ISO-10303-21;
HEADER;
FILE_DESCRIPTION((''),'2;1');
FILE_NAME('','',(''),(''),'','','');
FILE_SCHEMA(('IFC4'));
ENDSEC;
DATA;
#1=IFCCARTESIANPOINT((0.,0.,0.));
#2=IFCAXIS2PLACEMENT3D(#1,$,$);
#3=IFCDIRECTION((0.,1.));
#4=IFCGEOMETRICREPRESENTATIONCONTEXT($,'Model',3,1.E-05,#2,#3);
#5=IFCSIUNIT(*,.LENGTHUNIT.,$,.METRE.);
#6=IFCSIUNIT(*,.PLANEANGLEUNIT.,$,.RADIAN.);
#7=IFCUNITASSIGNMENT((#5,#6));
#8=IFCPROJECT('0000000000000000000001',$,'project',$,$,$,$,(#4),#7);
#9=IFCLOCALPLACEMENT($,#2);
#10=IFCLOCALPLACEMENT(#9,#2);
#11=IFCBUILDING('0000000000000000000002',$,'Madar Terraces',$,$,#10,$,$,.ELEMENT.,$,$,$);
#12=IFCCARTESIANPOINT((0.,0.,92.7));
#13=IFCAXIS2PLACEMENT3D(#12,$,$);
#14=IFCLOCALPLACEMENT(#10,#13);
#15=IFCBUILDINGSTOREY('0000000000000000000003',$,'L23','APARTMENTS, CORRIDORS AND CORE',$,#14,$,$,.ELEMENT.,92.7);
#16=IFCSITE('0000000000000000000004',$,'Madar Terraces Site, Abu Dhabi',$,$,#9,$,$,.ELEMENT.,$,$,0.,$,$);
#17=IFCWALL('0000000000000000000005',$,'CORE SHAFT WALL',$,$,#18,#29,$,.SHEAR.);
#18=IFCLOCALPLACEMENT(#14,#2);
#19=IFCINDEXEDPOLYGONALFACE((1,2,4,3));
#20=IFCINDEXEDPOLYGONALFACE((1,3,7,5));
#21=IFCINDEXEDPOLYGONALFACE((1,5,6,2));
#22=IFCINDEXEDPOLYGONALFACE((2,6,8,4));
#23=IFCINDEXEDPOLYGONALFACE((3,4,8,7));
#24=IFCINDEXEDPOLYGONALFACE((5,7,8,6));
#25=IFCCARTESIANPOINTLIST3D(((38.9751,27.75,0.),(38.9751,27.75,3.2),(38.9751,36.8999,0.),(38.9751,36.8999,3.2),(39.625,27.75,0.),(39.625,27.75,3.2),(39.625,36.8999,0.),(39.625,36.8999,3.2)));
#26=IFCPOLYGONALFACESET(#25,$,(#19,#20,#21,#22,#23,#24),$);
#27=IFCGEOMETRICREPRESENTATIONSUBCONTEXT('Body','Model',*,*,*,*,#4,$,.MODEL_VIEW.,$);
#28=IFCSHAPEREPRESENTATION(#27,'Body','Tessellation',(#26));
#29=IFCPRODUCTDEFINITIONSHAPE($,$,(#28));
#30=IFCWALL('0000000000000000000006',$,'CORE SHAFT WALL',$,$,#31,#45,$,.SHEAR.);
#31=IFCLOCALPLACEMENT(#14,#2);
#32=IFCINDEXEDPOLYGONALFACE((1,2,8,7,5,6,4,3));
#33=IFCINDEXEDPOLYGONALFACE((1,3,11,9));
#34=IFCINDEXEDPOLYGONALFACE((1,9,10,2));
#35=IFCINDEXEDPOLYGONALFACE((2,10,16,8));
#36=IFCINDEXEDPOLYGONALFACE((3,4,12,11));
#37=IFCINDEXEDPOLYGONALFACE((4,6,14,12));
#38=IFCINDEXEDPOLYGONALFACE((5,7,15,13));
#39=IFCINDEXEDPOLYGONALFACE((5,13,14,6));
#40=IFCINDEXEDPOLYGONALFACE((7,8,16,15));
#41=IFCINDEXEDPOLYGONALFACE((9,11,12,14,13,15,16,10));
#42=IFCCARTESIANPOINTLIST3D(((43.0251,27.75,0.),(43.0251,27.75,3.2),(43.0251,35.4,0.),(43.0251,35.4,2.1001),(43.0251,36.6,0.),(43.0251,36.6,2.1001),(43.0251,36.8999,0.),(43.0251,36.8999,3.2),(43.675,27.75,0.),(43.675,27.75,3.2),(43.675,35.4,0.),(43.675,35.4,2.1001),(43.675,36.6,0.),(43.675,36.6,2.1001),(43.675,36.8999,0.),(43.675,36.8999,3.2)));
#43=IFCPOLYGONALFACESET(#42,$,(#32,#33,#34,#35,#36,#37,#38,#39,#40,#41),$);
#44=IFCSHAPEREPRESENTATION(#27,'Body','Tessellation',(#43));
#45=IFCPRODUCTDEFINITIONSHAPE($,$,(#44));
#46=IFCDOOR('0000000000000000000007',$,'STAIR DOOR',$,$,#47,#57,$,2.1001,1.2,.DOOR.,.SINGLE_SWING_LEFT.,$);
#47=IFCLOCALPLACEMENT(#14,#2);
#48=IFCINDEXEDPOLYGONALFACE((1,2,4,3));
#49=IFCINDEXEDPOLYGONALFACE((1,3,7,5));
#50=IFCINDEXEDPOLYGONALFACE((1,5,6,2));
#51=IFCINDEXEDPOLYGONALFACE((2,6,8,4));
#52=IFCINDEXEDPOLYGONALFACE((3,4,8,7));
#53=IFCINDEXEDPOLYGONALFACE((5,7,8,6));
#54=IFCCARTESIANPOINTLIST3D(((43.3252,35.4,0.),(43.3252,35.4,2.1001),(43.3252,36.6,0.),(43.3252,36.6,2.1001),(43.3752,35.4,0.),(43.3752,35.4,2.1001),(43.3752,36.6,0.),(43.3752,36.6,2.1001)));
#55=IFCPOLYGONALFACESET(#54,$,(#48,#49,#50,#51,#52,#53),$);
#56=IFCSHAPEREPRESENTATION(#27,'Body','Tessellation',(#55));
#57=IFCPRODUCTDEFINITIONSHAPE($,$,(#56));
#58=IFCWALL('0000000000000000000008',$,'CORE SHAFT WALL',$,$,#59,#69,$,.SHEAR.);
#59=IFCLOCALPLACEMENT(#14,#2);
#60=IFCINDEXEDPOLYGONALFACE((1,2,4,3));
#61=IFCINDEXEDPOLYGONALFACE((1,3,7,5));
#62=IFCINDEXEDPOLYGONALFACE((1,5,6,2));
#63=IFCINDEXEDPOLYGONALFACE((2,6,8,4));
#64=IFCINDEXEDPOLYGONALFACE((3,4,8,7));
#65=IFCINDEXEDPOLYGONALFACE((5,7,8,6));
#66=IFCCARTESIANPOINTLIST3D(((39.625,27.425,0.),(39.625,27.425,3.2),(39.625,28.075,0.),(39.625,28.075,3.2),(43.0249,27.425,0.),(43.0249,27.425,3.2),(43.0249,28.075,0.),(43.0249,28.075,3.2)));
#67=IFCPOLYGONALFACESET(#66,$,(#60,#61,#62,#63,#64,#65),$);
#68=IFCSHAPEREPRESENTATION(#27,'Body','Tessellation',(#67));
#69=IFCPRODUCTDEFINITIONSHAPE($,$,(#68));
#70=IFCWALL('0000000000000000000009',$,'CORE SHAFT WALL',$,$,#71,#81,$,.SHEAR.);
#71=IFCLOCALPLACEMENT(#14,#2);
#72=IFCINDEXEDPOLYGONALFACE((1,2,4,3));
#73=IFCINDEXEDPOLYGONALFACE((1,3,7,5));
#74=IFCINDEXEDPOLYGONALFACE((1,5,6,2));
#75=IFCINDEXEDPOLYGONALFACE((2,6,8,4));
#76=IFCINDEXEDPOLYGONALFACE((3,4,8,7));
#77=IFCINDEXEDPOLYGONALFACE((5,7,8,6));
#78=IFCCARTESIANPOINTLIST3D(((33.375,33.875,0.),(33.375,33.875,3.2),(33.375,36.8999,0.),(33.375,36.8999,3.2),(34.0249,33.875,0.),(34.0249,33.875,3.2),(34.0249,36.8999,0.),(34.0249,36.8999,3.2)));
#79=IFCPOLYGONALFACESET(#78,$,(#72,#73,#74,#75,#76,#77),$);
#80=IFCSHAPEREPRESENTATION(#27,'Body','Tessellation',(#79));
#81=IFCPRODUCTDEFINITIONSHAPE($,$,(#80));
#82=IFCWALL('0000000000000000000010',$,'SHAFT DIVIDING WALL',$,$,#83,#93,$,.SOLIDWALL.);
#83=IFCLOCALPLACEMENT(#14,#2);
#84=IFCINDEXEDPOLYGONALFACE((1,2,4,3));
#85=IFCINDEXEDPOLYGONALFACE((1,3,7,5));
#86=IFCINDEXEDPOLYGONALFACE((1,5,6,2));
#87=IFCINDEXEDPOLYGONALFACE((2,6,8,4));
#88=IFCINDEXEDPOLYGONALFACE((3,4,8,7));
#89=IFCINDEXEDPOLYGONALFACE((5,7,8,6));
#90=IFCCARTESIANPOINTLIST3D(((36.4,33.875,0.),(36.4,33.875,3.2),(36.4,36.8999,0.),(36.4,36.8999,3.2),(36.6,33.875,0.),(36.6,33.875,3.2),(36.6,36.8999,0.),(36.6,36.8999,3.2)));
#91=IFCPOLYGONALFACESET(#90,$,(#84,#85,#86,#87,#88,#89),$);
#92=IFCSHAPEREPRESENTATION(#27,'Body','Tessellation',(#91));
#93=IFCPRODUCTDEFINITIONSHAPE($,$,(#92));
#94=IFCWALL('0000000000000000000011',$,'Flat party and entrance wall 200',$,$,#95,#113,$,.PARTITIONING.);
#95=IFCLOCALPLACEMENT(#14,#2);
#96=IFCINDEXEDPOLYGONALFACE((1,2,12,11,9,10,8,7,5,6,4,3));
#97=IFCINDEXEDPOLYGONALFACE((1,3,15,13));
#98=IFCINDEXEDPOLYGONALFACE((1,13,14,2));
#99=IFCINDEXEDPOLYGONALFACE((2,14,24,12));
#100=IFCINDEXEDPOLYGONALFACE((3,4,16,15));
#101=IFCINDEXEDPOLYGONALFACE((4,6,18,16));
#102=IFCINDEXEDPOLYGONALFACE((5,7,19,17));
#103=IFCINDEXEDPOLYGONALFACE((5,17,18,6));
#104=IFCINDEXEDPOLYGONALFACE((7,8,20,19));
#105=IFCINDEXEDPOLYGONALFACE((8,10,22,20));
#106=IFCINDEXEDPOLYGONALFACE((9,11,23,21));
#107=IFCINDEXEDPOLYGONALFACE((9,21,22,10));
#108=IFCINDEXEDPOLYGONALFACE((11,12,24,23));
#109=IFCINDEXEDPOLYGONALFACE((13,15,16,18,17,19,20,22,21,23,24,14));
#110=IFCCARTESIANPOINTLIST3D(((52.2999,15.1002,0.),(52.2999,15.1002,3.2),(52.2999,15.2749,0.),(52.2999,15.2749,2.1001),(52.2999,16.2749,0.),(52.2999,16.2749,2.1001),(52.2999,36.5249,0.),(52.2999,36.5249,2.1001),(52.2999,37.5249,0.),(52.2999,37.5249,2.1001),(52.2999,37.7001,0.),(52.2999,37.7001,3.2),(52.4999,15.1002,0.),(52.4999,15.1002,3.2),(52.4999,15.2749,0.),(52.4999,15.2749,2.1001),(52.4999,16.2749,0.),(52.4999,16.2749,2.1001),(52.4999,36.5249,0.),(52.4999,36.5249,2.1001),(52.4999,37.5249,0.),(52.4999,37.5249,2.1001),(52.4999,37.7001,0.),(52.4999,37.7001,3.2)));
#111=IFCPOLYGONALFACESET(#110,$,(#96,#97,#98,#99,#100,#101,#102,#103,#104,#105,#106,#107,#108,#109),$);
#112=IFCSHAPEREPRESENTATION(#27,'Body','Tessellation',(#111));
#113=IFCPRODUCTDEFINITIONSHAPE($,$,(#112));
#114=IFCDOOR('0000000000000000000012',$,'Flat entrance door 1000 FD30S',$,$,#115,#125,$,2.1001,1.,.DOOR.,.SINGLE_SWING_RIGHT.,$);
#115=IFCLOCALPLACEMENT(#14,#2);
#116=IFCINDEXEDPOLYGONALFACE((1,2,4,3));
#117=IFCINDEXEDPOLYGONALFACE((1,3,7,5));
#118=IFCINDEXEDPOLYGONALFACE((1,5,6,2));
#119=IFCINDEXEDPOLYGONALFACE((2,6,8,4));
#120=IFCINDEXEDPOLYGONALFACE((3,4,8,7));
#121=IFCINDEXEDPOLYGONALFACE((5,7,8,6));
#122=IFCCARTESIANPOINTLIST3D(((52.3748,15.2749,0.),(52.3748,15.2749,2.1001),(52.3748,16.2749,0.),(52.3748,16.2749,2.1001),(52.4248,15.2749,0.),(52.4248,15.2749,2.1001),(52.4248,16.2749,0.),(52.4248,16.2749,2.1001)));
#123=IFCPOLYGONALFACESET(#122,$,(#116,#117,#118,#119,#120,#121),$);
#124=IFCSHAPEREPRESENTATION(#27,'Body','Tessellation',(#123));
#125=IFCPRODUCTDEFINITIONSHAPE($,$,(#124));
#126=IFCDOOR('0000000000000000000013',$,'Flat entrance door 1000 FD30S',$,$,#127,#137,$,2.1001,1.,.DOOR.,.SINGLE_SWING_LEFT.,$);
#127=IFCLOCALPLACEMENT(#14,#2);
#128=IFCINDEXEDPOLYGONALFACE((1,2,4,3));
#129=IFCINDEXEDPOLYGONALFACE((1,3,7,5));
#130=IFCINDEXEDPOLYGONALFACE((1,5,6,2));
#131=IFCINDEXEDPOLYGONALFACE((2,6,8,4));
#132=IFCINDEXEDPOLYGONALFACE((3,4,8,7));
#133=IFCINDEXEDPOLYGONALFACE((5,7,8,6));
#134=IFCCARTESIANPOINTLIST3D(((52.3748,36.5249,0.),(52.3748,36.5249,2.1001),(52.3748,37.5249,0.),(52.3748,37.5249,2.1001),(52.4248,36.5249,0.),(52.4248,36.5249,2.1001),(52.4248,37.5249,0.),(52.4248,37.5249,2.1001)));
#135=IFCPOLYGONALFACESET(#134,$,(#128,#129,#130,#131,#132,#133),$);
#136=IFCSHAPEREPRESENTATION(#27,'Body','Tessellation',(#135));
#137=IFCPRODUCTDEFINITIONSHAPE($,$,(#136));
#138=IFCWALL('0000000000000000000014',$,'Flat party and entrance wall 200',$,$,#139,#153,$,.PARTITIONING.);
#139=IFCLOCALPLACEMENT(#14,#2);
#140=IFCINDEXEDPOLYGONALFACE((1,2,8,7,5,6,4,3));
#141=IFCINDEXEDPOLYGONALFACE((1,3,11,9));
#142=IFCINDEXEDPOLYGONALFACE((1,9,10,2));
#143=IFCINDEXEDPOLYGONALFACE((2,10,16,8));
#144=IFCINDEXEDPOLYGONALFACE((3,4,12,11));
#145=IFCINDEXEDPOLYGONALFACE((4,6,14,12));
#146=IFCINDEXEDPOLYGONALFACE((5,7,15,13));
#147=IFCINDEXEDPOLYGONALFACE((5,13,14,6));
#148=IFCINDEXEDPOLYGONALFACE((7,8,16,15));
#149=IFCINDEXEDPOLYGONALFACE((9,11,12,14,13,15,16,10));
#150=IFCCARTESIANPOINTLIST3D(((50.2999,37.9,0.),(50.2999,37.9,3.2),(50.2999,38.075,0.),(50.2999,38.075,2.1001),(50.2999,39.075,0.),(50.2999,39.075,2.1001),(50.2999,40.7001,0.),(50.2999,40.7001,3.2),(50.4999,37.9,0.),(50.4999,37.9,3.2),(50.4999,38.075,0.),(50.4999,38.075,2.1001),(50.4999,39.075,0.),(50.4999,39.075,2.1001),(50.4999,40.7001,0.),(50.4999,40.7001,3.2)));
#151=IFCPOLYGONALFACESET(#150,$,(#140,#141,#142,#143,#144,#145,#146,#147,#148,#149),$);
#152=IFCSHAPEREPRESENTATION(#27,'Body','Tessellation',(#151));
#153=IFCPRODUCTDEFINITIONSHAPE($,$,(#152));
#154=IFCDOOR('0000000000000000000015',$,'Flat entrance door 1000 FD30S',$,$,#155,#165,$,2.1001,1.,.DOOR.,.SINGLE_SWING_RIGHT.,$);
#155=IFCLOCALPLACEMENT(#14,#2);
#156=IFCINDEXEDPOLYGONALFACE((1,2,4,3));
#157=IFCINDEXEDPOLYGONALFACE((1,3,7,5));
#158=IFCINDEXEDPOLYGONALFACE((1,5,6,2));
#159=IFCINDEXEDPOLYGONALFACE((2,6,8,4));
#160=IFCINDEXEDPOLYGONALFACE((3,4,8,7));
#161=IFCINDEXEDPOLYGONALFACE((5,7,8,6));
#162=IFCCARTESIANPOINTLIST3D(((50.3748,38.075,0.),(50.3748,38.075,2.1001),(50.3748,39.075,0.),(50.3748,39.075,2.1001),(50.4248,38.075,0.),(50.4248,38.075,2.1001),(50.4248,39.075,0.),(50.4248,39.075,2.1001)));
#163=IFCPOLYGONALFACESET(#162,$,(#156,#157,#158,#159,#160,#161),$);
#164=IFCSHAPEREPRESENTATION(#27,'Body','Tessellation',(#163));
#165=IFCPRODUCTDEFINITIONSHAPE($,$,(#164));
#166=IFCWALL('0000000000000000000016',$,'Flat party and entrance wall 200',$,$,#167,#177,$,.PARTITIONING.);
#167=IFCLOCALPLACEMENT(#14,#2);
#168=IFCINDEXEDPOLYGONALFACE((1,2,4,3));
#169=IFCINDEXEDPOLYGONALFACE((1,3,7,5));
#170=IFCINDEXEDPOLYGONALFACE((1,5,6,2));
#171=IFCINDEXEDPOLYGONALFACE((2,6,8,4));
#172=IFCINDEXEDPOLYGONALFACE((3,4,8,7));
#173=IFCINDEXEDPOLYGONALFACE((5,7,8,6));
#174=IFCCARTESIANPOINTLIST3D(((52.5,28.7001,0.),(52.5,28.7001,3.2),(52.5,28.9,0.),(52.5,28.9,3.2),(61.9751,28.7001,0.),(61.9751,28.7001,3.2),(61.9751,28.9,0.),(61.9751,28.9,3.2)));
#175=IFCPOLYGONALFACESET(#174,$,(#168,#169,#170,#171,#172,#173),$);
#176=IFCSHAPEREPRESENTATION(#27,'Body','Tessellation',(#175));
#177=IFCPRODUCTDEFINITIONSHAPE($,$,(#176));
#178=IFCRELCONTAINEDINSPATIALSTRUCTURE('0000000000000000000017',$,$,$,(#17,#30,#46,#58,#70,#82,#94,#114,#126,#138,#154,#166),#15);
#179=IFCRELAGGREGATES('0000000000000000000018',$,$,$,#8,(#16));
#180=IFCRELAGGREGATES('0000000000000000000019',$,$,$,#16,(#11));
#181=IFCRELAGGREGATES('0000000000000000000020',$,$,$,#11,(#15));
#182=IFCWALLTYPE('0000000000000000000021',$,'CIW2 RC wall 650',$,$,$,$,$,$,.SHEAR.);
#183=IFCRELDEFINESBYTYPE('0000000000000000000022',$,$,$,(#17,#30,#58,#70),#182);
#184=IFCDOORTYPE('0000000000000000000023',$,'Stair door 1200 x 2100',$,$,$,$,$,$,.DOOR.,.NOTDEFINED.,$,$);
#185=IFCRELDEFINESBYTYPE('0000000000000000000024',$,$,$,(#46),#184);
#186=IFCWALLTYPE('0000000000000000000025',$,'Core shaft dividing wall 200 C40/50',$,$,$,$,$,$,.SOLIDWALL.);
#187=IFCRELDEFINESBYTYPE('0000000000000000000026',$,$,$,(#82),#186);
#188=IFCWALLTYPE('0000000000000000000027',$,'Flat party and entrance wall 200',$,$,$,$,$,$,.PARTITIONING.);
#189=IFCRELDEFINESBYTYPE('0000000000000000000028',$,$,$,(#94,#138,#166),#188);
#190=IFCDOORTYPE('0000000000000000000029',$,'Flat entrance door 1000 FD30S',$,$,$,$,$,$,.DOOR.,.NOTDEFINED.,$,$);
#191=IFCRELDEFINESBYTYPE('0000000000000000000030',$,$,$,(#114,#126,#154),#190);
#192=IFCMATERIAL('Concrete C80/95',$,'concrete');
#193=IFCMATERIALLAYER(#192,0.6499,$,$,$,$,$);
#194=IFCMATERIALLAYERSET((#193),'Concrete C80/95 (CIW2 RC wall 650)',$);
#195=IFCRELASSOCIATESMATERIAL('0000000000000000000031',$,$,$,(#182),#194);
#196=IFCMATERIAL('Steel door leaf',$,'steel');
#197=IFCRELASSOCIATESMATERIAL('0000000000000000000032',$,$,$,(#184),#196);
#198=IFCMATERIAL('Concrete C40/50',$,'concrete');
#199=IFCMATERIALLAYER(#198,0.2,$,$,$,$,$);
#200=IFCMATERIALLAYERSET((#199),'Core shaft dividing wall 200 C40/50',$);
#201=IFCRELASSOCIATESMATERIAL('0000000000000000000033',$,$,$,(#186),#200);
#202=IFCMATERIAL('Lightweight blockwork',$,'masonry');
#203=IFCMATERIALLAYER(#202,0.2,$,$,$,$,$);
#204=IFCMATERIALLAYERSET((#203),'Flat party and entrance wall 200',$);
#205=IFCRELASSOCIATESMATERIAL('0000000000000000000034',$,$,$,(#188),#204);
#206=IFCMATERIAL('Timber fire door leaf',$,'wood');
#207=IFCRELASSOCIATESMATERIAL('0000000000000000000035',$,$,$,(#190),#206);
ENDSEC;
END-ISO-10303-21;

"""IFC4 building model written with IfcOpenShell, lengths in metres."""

from ifc_helpers import new_model, si_unit, direction, frame, frame_2d, origin, place, context, subcontext, project, spatial, rectangle, extrude, material, layer, layer_set, type_object, element, fill, save


model = new_model("IFC4")

# Units and contexts
model_context = context("Model", 3, precision=1e-05, world=origin(), true_north=direction((0.0, 1.0)))
body_context = subcontext(model_context, "Body", "Model", "MODEL_VIEW")
ifc_project = project(units=[si_unit("LENGTHUNIT", "METRE"), si_unit("PLANEANGLEUNIT", "RADIAN")], contexts=[model_context])

# Site, building, storey
site_placement = place(None, origin())
site = spatial("IfcSite", under=ifc_project, at=site_placement, Name="Madar Terraces Site, Abu Dhabi", CompositionType="ELEMENT", RefElevation=0.0)
building_placement = place(site_placement, origin())
building = spatial("IfcBuilding", under=site, at=building_placement, Name="Madar Terraces", CompositionType="ELEMENT")
storey_placement = place(building_placement, frame((0.0, 0.0, 92.7)))
storey = spatial("IfcBuildingStorey", under=building, at=storey_placement, Name="L23", Description="APARTMENTS, CORRIDORS AND CORE", CompositionType="ELEMENT", Elevation=92.7)

# Wall
ifc_material_1 = material(Name="Concrete C80/95", Category="concrete")
ifc_layer_1 = layer(ifc_material_1, 0.6499)
ifc_layer_set_1 = layer_set([ifc_layer_1], Name="Concrete C80/95 (CIW2 RC wall 650)")
wall_type_1 = type_object("IfcWallType", Name="CIW2 RC wall 650", PredefinedType="SHEAR", material=ifc_layer_set_1)
wall_1_placement = place(storey_placement, frame((39.3, 27.75, 0.0), z_axis=(0.0, 0.0, 1.0), x_axis=(0.0, 1.0, 0.0)))
element("IfcWall", 1, at=wall_1_placement, inside=storey, type_object=wall_type_1, Name="CORE SHAFT WALL", PredefinedType="SHEAR", context=body_context, shape_type="SweptSolid", body=[
    extrude(rectangle(XDim=9.1499, YDim=0.6499, at=frame_2d((4.575, 0.0))), origin(), (0.0, 0.0, 1.0), 3.2),
])

# Wall, opening, door
wall_2_placement = place(storey_placement, frame((43.3501, 27.75, 0.0), z_axis=(0.0, 0.0, 1.0), x_axis=(0.0, 1.0, 0.0)))
wall_2 = element("IfcWall", 2, at=wall_2_placement, inside=storey, type_object=wall_type_1, Name="CORE SHAFT WALL", PredefinedType="SHEAR", context=body_context, shape_type="SweptSolid", body=[
    extrude(rectangle(XDim=9.1499, YDim=0.6499, at=frame_2d((4.575, 0.0))), origin(), (0.0, 0.0, 1.0), 3.2),
])
opening_1_placement = place(wall_2_placement, frame((7.6499, 0.0, 0.0)))
opening_1 = element("IfcOpeningElement", 3, at=opening_1_placement, cuts=wall_2, PredefinedType="OPENING", context=body_context, shape_type="SweptSolid", body=[
    extrude(rectangle(XDim=1.2, YDim=2.1001, at=frame_2d((0.6001, 1.05))), frame((0.0, 0.335, 0.0), z_axis=(0.0, -1.0, 0.0), x_axis=(1.0, 0.0, 0.0)), (0.0, 0.0, 1.0), 0.6699),
])
ifc_material_2 = material(Name="Steel door leaf", Category="steel")
door_type_1 = type_object("IfcDoorType", Name="Stair door 1200 x 2100", OperationType="NOTDEFINED", PredefinedType="DOOR", material=ifc_material_2)
door_1_placement = place(opening_1_placement, origin())
door_1 = element("IfcDoor", 4, at=door_1_placement, inside=storey, type_object=door_type_1, Name="STAIR DOOR", OperationType="SINGLE_SWING_LEFT", OverallHeight=2.1001, OverallWidth=1.2, PredefinedType="DOOR", context=body_context, shape_type="SweptSolid", body=[
    extrude(rectangle(XDim=1.2, YDim=2.1001, at=frame_2d((0.6001, 1.05))), frame((0.0, 0.0249, 0.0), z_axis=(0.0, -1.0, 0.0), x_axis=(1.0, 0.0, 0.0)), (0.0, 0.0, 1.0), 0.05),
])
fill(opening_1, door_1)

# Walls
wall_3_placement = place(storey_placement, frame((39.625, 27.75, 0.0), z_axis=(0.0, 0.0, 1.0), x_axis=(1.0, 0.0, 0.0)))
element("IfcWall", 5, at=wall_3_placement, inside=storey, type_object=wall_type_1, Name="CORE SHAFT WALL", PredefinedType="SHEAR", context=body_context, shape_type="SweptSolid", body=[
    extrude(rectangle(XDim=3.3999, YDim=0.6499, at=frame_2d((1.7, 0.0))), origin(), (0.0, 0.0, 1.0), 3.2),
])
wall_4_placement = place(storey_placement, frame((33.7, 33.875, 0.0), z_axis=(0.0, 0.0, 1.0), x_axis=(0.0, 1.0, 0.0)))
element("IfcWall", 6, at=wall_4_placement, inside=storey, type_object=wall_type_1, Name="CORE SHAFT WALL", PredefinedType="SHEAR", context=body_context, shape_type="SweptSolid", body=[
    extrude(rectangle(XDim=3.0249, YDim=0.6499, at=frame_2d((1.5125, 0.0))), origin(), (0.0, 0.0, 1.0), 3.2),
])
ifc_material_3 = material(Name="Concrete C40/50", Category="concrete")
ifc_layer_2 = layer(ifc_material_3, 0.2)
ifc_layer_set_2 = layer_set([ifc_layer_2], Name="Core shaft dividing wall 200 C40/50")
wall_type_2 = type_object("IfcWallType", Name="Core shaft dividing wall 200 C40/50", PredefinedType="SOLIDWALL", material=ifc_layer_set_2)
wall_5_placement = place(storey_placement, frame((36.5, 33.875, 0.0), z_axis=(0.0, 0.0, 1.0), x_axis=(0.0, 1.0, 0.0)))
element("IfcWall", 7, at=wall_5_placement, inside=storey, type_object=wall_type_2, Name="SHAFT DIVIDING WALL", PredefinedType="SOLIDWALL", context=body_context, shape_type="SweptSolid", body=[
    extrude(rectangle(XDim=3.0249, YDim=0.2, at=frame_2d((1.5125, 0.0))), origin(), (0.0, 0.0, 1.0), 3.2),
])

# Wall, openings, doors
ifc_material_4 = material(Name="Lightweight blockwork", Category="masonry")
ifc_layer_3 = layer(ifc_material_4, 0.2)
ifc_layer_set_3 = layer_set([ifc_layer_3], Name="Flat party and entrance wall 200")
wall_type_3 = type_object("IfcWallType", Name="Flat party and entrance wall 200", PredefinedType="PARTITIONING", material=ifc_layer_set_3)
wall_6_placement = place(storey_placement, frame((52.3999, 37.7, 0.0), z_axis=(0.0, 0.0, 1.0), x_axis=(0.0, -1.0, 0.0)))
wall_6 = element("IfcWall", 8, at=wall_6_placement, inside=storey, type_object=wall_type_3, Name="Flat party and entrance wall 200", PredefinedType="PARTITIONING", context=body_context, shape_type="SweptSolid", body=[
    extrude(rectangle(XDim=22.5999, YDim=0.2, at=frame_2d((11.2998, 0.0))), origin(), (0.0, 0.0, 1.0), 3.2),
])
opening_2_placement = place(wall_6_placement, frame((21.425, 0.0, 0.0)))
opening_2 = element("IfcOpeningElement", 9, at=opening_2_placement, cuts=wall_6, PredefinedType="OPENING", context=body_context, shape_type="SweptSolid", body=[
    extrude(rectangle(XDim=1.0, YDim=2.1001, at=frame_2d((0.5, 1.05))), frame((0.0, 0.1099, 0.0), z_axis=(0.0, -1.0, 0.0), x_axis=(1.0, 0.0, 0.0)), (0.0, 0.0, 1.0), 0.22),
])
opening_3_placement = place(wall_6_placement, frame((0.175, 0.0, 0.0)))
opening_3 = element("IfcOpeningElement", 10, at=opening_3_placement, cuts=wall_6, PredefinedType="OPENING", context=body_context, shape_type="SweptSolid", body=[
    extrude(rectangle(XDim=1.0, YDim=2.1001, at=frame_2d((0.5, 1.05))), frame((0.0, 0.1099, 0.0), z_axis=(0.0, -1.0, 0.0), x_axis=(1.0, 0.0, 0.0)), (0.0, 0.0, 1.0), 0.22),
])
ifc_material_5 = material(Name="Timber fire door leaf", Category="wood")
door_type_2 = type_object("IfcDoorType", Name="Flat entrance door 1000 FD30S", OperationType="NOTDEFINED", PredefinedType="DOOR", material=ifc_material_5)
door_2_placement = place(opening_2_placement, origin())
door_2 = element("IfcDoor", 11, at=door_2_placement, inside=storey, type_object=door_type_2, Name="Flat entrance door 1000 FD30S", OperationType="SINGLE_SWING_RIGHT", OverallHeight=2.1001, OverallWidth=1.0, PredefinedType="DOOR", context=body_context, shape_type="SweptSolid", body=[
    extrude(rectangle(XDim=1.0, YDim=2.1001, at=frame_2d((0.5, 1.05))), frame((0.0, 0.0249, 0.0), z_axis=(0.0, -1.0, 0.0), x_axis=(1.0, 0.0, 0.0)), (0.0, 0.0, 1.0), 0.05),
])
fill(opening_2, door_2)
door_3_placement = place(opening_3_placement, origin())
door_3 = element("IfcDoor", 12, at=door_3_placement, inside=storey, type_object=door_type_2, Name="Flat entrance door 1000 FD30S", OperationType="SINGLE_SWING_LEFT", OverallHeight=2.1001, OverallWidth=1.0, PredefinedType="DOOR", context=body_context, shape_type="SweptSolid", body=[
    extrude(rectangle(XDim=1.0, YDim=2.1001, at=frame_2d((0.5, 1.05))), frame((0.0, 0.0249, 0.0), z_axis=(0.0, -1.0, 0.0), x_axis=(1.0, 0.0, 0.0)), (0.0, 0.0, 1.0), 0.05),
])
fill(opening_3, door_3)

# Wall, opening, door
wall_7_placement = place(storey_placement, frame((50.3999, 40.7, 0.0), z_axis=(0.0, 0.0, 1.0), x_axis=(0.0, -1.0, 0.0)))
wall_7 = element("IfcWall", 13, at=wall_7_placement, inside=storey, type_object=wall_type_3, Name="Flat party and entrance wall 200", PredefinedType="PARTITIONING", context=body_context, shape_type="SweptSolid", body=[
    extrude(rectangle(XDim=2.8, YDim=0.2, at=frame_2d((1.3999, 0.0))), origin(), (0.0, 0.0, 1.0), 3.2),
])
opening_4_placement = place(wall_7_placement, frame((1.625, 0.0, 0.0)))
opening_4 = element("IfcOpeningElement", 14, at=opening_4_placement, cuts=wall_7, PredefinedType="OPENING", context=body_context, shape_type="SweptSolid", body=[
    extrude(rectangle(XDim=1.0, YDim=2.1001, at=frame_2d((0.5, 1.05))), frame((0.0, 0.1099, 0.0), z_axis=(0.0, -1.0, 0.0), x_axis=(1.0, 0.0, 0.0)), (0.0, 0.0, 1.0), 0.22),
])
door_4_placement = place(opening_4_placement, origin())
door_4 = element("IfcDoor", 15, at=door_4_placement, inside=storey, type_object=door_type_2, Name="Flat entrance door 1000 FD30S", OperationType="SINGLE_SWING_RIGHT", OverallHeight=2.1001, OverallWidth=1.0, PredefinedType="DOOR", context=body_context, shape_type="SweptSolid", body=[
    extrude(rectangle(XDim=1.0, YDim=2.1001, at=frame_2d((0.5, 1.05))), frame((0.0, 0.0249, 0.0), z_axis=(0.0, -1.0, 0.0), x_axis=(1.0, 0.0, 0.0)), (0.0, 0.0, 1.0), 0.05),
])
fill(opening_4, door_4)

# Wall
wall_8_placement = place(storey_placement, frame((52.5, 28.8, 0.0), z_axis=(0.0, 0.0, 1.0), x_axis=(1.0, 0.0, 0.0)))
element("IfcWall", 16, at=wall_8_placement, inside=storey, type_object=wall_type_3, Name="Flat party and entrance wall 200", PredefinedType="PARTITIONING", context=body_context, shape_type="SweptSolid", body=[
    extrude(rectangle(XDim=9.4751, YDim=0.2, at=frame_2d((4.7375, 0.0))), origin(), (0.0, 0.0, 1.0), 3.2),
])

save(model, "model.ifc")
